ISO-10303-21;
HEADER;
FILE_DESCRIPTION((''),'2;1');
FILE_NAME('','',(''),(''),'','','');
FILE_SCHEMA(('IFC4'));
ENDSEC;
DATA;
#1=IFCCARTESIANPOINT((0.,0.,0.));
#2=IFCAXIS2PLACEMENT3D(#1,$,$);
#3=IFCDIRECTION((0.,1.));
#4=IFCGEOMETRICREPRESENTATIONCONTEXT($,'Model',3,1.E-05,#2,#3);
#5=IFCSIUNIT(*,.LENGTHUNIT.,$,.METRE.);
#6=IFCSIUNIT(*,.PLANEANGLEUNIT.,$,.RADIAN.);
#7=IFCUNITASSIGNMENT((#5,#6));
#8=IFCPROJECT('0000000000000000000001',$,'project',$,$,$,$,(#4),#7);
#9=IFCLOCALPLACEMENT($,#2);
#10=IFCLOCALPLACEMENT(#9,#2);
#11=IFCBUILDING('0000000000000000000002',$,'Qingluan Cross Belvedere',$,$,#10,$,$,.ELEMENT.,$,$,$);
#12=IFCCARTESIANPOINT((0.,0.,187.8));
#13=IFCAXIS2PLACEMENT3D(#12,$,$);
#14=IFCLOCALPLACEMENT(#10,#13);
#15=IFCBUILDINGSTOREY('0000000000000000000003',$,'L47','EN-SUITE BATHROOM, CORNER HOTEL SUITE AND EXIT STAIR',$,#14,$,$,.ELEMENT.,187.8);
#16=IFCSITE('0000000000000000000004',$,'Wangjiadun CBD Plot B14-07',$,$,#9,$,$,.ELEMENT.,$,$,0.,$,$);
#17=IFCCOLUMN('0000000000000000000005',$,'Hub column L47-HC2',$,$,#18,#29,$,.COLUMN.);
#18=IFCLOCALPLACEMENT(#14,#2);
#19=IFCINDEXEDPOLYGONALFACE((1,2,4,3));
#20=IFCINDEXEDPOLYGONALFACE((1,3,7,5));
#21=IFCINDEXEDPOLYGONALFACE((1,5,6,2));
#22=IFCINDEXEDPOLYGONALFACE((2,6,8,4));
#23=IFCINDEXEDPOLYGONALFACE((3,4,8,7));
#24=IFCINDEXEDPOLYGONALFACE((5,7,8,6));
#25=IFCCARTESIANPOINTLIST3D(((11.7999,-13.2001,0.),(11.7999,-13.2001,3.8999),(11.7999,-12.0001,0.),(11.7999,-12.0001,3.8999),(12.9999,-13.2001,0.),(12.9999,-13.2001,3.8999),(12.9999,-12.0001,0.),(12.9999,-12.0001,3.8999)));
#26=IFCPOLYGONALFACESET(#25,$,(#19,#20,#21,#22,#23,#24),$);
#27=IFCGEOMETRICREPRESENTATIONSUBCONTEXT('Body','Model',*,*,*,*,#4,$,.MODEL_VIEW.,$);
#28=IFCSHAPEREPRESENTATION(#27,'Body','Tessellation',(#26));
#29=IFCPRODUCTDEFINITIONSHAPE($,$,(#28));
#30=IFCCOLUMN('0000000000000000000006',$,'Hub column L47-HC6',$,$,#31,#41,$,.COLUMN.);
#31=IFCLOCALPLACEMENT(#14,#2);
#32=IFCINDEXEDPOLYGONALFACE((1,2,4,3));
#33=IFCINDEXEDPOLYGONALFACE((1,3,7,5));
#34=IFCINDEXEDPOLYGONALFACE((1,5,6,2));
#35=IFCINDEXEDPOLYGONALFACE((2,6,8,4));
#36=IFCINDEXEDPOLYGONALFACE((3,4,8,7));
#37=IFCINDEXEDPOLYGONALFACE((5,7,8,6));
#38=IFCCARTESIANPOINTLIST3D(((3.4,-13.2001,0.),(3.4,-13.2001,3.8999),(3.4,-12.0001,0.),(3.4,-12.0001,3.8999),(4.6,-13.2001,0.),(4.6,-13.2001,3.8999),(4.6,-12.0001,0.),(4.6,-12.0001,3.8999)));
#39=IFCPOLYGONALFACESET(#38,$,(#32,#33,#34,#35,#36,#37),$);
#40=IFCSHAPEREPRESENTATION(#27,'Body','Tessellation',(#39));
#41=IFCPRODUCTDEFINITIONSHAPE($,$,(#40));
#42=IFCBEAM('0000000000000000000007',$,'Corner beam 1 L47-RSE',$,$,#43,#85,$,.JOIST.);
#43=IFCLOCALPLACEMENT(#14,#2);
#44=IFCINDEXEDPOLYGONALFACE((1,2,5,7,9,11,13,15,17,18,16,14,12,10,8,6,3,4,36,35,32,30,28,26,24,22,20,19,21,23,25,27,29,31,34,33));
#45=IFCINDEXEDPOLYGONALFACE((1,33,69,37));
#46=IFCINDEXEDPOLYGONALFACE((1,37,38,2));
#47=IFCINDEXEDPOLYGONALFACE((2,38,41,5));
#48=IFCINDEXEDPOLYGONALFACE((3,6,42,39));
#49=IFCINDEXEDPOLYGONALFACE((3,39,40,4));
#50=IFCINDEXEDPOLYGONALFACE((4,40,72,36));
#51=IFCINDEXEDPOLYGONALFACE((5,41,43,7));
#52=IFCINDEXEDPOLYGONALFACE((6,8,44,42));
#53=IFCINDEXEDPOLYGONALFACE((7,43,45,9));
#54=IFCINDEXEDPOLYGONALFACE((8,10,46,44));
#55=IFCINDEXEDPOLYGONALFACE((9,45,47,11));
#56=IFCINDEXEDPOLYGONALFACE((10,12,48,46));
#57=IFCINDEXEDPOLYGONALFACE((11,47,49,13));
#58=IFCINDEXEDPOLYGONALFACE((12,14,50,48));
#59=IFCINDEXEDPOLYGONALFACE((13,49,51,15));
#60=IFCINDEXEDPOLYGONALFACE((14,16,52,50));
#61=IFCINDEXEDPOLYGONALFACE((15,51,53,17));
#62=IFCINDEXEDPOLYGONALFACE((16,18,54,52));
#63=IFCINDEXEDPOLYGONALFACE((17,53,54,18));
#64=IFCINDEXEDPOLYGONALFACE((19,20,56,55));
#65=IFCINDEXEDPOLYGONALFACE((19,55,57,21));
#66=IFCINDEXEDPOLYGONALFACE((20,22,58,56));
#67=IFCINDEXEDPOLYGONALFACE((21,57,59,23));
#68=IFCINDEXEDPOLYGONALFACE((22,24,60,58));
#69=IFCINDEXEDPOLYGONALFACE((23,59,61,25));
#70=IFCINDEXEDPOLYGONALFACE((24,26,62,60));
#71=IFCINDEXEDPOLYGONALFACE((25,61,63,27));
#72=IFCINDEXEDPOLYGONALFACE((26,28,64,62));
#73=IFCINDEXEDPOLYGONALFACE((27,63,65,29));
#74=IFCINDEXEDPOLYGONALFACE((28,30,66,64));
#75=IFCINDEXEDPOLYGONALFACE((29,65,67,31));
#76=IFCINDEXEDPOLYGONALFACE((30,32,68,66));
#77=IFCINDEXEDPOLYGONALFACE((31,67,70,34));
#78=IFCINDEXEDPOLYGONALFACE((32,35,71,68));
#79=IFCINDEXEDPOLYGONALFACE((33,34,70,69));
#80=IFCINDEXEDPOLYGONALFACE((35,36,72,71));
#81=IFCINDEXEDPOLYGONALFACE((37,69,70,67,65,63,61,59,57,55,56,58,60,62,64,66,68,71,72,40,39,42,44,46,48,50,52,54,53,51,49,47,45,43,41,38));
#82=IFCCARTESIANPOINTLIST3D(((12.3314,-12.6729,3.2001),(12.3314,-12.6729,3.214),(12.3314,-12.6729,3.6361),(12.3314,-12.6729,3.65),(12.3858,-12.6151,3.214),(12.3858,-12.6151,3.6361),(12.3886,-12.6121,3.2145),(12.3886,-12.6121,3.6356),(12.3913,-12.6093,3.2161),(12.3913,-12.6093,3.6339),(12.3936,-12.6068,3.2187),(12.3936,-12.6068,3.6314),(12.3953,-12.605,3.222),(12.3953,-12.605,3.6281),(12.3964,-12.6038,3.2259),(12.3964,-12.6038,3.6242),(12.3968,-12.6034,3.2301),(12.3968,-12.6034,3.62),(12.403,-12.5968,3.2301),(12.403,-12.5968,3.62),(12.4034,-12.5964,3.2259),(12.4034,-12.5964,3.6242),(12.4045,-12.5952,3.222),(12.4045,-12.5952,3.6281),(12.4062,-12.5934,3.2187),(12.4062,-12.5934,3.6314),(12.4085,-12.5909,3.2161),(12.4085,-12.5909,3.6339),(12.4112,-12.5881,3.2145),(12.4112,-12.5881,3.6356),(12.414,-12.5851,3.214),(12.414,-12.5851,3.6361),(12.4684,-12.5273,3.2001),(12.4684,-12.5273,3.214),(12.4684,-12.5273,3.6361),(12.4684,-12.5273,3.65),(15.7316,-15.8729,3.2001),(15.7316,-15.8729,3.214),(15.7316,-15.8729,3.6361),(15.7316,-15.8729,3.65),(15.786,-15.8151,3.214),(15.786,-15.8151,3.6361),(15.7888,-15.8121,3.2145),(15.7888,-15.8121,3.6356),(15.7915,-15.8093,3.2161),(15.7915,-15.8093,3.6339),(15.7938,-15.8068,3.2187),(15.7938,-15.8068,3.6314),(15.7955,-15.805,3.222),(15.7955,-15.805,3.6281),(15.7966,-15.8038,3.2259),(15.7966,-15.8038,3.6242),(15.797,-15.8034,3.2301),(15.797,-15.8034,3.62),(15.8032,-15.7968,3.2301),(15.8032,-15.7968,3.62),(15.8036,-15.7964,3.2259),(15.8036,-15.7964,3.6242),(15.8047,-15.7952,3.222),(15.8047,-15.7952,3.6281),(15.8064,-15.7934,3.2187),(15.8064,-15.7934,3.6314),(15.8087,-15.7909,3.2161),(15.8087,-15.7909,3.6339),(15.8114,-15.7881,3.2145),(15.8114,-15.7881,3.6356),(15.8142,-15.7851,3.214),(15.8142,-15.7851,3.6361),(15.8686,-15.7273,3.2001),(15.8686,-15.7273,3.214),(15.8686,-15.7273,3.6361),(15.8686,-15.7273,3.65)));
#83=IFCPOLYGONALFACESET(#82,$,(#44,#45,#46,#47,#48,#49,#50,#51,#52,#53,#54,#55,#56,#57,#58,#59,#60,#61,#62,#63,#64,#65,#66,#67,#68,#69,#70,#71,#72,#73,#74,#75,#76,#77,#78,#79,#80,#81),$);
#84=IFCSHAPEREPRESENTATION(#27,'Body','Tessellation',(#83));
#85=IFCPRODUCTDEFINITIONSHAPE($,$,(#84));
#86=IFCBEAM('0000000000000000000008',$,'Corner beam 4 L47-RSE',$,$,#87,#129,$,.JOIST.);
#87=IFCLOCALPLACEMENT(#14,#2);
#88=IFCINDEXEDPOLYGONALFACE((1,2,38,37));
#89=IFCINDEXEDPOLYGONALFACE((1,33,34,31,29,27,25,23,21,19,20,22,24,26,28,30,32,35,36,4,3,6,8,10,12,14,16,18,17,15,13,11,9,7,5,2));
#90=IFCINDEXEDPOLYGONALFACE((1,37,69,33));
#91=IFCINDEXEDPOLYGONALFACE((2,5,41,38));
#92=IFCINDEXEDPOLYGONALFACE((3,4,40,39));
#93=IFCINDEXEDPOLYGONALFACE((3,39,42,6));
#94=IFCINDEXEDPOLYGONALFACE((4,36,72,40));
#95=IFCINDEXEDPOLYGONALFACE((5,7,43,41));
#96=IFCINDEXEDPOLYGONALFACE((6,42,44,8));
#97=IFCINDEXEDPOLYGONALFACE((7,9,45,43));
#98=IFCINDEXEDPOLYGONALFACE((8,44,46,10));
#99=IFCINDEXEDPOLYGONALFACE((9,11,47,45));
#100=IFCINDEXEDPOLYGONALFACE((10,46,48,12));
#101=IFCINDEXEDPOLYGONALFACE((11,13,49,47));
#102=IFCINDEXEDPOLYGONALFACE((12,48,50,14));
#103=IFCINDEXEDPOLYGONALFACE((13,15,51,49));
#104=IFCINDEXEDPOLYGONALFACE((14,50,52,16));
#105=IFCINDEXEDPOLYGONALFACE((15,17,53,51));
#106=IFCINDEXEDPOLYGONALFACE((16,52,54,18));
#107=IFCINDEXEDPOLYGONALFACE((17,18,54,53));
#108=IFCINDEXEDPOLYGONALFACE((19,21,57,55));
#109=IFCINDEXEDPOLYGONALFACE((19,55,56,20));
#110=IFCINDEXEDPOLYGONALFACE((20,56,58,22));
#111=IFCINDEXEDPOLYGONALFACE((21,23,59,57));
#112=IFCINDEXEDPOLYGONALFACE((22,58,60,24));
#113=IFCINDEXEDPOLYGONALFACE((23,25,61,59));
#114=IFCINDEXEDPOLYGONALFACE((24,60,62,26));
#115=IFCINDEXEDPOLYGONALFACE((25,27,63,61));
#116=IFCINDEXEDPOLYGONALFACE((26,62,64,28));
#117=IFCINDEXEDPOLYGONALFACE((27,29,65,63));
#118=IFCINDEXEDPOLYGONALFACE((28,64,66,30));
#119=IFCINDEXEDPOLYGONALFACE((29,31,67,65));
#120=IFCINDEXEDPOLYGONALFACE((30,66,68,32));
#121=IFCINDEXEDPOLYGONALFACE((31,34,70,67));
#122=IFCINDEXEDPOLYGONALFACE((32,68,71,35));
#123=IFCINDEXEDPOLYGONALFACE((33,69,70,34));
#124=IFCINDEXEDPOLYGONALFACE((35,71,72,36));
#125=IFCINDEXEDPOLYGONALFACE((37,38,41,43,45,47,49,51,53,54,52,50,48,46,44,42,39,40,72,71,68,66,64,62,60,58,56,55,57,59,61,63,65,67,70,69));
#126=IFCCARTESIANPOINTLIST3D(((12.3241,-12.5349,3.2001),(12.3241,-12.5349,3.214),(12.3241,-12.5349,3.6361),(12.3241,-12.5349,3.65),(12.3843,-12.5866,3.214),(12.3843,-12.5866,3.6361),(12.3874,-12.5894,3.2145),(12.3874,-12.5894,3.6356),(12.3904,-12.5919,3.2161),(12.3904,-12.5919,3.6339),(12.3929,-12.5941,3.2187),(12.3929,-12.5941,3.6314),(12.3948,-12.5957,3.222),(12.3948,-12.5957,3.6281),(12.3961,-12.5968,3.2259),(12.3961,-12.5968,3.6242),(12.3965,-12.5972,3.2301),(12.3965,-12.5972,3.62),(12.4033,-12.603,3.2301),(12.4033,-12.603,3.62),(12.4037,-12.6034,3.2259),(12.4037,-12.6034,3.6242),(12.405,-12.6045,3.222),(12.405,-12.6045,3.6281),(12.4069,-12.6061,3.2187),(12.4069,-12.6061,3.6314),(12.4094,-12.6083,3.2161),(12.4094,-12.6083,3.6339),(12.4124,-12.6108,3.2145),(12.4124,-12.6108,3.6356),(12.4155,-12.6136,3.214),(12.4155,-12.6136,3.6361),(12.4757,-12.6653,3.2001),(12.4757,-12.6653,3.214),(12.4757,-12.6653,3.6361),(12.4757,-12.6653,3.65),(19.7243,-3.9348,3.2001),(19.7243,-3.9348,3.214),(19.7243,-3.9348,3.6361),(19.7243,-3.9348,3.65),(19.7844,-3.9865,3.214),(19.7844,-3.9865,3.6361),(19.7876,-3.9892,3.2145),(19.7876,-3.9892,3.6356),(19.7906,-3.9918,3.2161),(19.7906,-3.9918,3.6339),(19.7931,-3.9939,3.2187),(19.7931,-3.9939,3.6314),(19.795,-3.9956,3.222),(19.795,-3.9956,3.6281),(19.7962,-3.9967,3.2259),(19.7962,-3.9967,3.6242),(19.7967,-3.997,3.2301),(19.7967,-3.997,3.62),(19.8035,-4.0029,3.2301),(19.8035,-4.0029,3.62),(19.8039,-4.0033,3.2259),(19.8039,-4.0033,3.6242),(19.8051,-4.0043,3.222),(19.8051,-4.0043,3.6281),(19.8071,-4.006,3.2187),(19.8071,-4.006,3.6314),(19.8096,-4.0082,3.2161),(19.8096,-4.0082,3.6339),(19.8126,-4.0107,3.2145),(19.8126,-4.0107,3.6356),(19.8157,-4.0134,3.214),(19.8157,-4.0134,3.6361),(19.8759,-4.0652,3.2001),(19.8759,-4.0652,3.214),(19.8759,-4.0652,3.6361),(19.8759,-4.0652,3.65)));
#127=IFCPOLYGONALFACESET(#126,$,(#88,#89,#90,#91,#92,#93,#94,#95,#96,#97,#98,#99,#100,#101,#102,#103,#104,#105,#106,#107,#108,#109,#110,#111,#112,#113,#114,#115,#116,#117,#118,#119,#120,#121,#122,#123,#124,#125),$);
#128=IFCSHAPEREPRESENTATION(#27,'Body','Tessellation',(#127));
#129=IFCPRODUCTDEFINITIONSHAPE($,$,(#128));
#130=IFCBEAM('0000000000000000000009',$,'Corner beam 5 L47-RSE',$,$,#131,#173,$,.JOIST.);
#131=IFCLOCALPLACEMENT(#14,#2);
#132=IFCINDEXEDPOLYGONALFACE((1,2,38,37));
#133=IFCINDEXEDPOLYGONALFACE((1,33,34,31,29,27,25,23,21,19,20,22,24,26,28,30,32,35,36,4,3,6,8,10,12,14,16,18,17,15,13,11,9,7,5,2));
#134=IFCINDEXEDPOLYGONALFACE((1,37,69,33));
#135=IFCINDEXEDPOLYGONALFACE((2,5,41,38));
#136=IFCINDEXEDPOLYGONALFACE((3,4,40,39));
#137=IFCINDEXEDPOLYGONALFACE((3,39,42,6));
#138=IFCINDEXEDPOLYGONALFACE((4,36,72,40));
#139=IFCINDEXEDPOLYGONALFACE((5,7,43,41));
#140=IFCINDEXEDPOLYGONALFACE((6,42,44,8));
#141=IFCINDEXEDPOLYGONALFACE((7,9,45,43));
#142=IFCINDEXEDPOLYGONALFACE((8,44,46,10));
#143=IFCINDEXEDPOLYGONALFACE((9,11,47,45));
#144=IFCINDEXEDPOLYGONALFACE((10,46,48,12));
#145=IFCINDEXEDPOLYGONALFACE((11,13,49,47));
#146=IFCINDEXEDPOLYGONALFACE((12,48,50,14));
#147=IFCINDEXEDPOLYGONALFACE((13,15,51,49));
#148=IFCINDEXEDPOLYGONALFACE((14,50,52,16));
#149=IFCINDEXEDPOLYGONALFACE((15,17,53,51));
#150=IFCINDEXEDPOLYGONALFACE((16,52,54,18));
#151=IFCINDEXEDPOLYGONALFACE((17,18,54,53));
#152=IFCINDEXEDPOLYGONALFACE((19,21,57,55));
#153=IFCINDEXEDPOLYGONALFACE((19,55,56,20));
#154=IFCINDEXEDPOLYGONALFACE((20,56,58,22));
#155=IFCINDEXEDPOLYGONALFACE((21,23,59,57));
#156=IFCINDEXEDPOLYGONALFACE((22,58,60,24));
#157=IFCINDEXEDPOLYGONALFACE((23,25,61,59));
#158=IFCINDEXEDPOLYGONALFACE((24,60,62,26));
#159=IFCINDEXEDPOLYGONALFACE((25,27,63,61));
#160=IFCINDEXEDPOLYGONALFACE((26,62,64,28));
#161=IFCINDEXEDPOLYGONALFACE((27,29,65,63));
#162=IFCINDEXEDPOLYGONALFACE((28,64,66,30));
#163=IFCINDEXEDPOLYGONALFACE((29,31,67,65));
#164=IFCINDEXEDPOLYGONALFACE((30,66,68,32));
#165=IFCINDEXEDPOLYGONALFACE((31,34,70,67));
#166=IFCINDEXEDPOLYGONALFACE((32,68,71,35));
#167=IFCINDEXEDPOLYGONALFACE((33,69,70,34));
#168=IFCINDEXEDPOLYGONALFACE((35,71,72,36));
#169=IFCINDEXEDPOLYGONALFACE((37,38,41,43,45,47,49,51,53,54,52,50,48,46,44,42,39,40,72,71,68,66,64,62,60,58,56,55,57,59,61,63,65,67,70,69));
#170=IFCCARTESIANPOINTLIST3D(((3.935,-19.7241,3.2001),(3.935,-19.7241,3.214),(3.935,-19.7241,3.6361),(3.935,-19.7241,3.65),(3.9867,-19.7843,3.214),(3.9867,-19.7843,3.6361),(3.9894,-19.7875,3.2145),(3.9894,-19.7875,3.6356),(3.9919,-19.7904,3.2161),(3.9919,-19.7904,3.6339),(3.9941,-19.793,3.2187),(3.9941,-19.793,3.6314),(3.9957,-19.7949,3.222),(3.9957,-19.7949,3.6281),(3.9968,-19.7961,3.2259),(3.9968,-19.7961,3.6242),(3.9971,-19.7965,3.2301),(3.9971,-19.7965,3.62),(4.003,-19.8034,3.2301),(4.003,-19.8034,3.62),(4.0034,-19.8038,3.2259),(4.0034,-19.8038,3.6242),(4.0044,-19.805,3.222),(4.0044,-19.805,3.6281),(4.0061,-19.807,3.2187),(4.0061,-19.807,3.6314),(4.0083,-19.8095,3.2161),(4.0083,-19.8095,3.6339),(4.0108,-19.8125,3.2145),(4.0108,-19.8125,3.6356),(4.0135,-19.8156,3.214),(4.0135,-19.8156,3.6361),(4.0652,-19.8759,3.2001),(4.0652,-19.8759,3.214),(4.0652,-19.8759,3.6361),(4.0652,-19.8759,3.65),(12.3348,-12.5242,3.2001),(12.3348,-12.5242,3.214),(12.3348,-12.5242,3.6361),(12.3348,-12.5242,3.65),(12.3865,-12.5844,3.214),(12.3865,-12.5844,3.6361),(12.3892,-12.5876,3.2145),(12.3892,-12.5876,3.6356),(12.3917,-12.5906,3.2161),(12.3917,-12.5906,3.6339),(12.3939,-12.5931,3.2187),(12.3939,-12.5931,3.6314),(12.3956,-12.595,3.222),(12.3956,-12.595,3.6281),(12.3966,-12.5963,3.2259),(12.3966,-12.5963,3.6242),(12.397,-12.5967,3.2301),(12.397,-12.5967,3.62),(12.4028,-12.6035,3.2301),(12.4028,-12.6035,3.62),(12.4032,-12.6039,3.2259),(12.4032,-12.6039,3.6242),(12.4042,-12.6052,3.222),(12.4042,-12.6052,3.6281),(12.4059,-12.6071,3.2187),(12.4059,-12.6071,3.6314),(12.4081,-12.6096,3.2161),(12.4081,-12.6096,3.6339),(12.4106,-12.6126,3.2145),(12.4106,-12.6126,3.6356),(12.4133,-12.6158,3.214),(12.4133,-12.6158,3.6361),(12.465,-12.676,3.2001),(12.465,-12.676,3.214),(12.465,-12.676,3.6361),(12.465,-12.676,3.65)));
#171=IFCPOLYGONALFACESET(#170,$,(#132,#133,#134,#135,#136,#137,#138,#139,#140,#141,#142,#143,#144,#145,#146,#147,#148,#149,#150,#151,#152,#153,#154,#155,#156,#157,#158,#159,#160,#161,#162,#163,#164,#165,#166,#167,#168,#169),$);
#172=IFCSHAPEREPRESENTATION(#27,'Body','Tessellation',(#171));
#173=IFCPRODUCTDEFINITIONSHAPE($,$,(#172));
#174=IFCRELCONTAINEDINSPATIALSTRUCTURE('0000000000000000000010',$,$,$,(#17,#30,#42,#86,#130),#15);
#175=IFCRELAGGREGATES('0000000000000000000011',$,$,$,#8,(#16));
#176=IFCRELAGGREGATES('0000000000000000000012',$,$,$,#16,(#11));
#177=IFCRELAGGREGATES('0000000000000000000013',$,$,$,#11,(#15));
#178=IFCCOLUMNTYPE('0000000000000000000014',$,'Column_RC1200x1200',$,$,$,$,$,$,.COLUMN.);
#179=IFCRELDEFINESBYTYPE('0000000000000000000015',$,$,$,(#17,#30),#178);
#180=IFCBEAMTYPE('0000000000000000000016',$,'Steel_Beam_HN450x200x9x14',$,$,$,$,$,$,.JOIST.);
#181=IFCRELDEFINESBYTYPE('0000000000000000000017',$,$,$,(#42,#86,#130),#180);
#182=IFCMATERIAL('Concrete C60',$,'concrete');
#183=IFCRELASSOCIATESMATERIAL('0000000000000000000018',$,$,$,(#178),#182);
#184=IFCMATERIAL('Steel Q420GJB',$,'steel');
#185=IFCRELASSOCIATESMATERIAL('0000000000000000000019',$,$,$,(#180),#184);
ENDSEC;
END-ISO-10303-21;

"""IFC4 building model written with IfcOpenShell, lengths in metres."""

from ifc_helpers import new_model, si_unit, direction, frame, origin, origin_2d, place, context, subcontext, project, spatial, rectangle, i_section, extrude, material, material_profile, profile_set, type_object, element, save


model = new_model("IFC4")

# Units and contexts
model_context = context("Model", 3, precision=1e-05, world=origin(), true_north=direction((0.0, 1.0)))
body_context = subcontext(model_context, "Body", "Model", "MODEL_VIEW")
ifc_project = project(units=[si_unit("LENGTHUNIT", "METRE"), si_unit("PLANEANGLEUNIT", "RADIAN")], contexts=[model_context])

# Site, building, storey
site_placement = place(None, origin())
site = spatial("IfcSite", under=ifc_project, at=site_placement, Name="Wangjiadun CBD Plot B14-07", CompositionType="ELEMENT", RefElevation=0.0)
building_placement = place(site_placement, origin())
building = spatial("IfcBuilding", under=site, at=building_placement, Name="Qingluan Cross Belvedere", CompositionType="ELEMENT")
storey_placement = place(building_placement, frame((0.0, 0.0, 187.8)))
storey = spatial("IfcBuildingStorey", under=building, at=storey_placement, Name="L47", Description="EN-SUITE BATHROOM, CORNER HOTEL SUITE AND EXIT STAIR", CompositionType="ELEMENT", Elevation=187.8)

# Columns
ifc_material_1 = material(Name="Concrete C60", Category="concrete")
ifc_material_profile_1 = material_profile(ifc_material_1, rectangle(XDim=1.2, YDim=1.2, at=origin_2d()), Name="RC1200x1200")
ifc_profile_set_1 = profile_set([ifc_material_profile_1], Name="Concrete C60")
column_type = type_object("IfcColumnType", Name="Column_RC1200x1200", PredefinedType="COLUMN", material=ifc_profile_set_1)
for number, where, z_axis, x_axis, name in (
    (1, (12.3999, -12.6001, 0.0), (0.0, 0.0, 1.0), (1.0, 0.0, 0.0), "Hub column L47-HC2"),
    (2, (4.0, -12.6001, 0.0), (0.0, 0.0, 1.0), (1.0, 0.0, 0.0), "Hub column L47-HC6"),
):
    element("IfcColumn", number, at=place(storey_placement, frame(where, z_axis=z_axis, x_axis=x_axis)), inside=storey, type_object=column_type, Name=name, PredefinedType="COLUMN", context=body_context, shape_type="SweptSolid", body=[
        extrude(rectangle(XDim=1.2, YDim=1.2, at=origin_2d()), origin(), (0.0, 0.0, 1.0), 3.8999),
    ])

# Beams
ifc_material_2 = material(Name="Steel Q420GJB", Category="steel")
ifc_material_profile_2 = material_profile(ifc_material_2, i_section(OverallWidth=0.2, OverallDepth=0.45, WebThickness=0.009, FlangeThickness=0.0139, FilletRadius=0.0161, at=origin_2d()), Name="HN450x200x9x14")
ifc_profile_set_2 = profile_set([ifc_material_profile_2], Name="Steel Q420GJB")
beam_type_1 = type_object("IfcBeamType", Name="Steel_Beam_HN450x200x9x14", PredefinedType="JOIST", material=ifc_profile_set_2)
beam_1_placement = place(storey_placement, frame((12.3999, -12.6001, 3.425), z_axis=(0.72822, -0.685343, 0.0), x_axis=(0.685343, 0.72822, 0.0)))
element("IfcBeam", 3, at=beam_1_placement, inside=storey, type_object=beam_type_1, Name="Corner beam 1 L47-RSE", PredefinedType="JOIST", context=body_context, shape_type="SweptSolid", body=[
    extrude(i_section(OverallWidth=0.2, OverallDepth=0.45, WebThickness=0.009, FlangeThickness=0.0139, FilletRadius=0.0161, at=origin_2d()), origin(), (0.0, 0.0, 1.0), 4.6692),
])
beam_2_placement = place(storey_placement, frame((12.3999, -12.6001, 3.425), z_axis=(0.652245, 0.758008, 0.0), x_axis=(-0.758008, 0.652245, 0.0)))
element("IfcBeam", 4, at=beam_2_placement, inside=storey, type_object=beam_type_1, Name="Corner beam 4 L47-RSE", PredefinedType="JOIST", context=body_context, shape_type="SweptSolid", body=[
    extrude(i_section(OverallWidth=0.2, OverallDepth=0.45, WebThickness=0.009, FlangeThickness=0.0139, FilletRadius=0.0161, at=origin_2d()), origin(), (0.0, 0.0, 1.0), 11.3457),
])
beam_3_placement = place(storey_placement, frame((12.3999, -12.6001, 3.425), z_axis=(-0.759255, -0.650793, 0.0), x_axis=(0.650793, -0.759255, 0.0)))
element("IfcBeam", 5, at=beam_3_placement, inside=storey, type_object=beam_type_1, Name="Corner beam 5 L47-RSE", PredefinedType="JOIST", context=body_context, shape_type="SweptSolid", body=[
    extrude(i_section(OverallWidth=0.2, OverallDepth=0.45, WebThickness=0.009, FlangeThickness=0.0139, FilletRadius=0.0161, at=origin_2d()), origin(), (0.0, 0.0, 1.0), 11.0632),
])

save(model, "model.ifc")
